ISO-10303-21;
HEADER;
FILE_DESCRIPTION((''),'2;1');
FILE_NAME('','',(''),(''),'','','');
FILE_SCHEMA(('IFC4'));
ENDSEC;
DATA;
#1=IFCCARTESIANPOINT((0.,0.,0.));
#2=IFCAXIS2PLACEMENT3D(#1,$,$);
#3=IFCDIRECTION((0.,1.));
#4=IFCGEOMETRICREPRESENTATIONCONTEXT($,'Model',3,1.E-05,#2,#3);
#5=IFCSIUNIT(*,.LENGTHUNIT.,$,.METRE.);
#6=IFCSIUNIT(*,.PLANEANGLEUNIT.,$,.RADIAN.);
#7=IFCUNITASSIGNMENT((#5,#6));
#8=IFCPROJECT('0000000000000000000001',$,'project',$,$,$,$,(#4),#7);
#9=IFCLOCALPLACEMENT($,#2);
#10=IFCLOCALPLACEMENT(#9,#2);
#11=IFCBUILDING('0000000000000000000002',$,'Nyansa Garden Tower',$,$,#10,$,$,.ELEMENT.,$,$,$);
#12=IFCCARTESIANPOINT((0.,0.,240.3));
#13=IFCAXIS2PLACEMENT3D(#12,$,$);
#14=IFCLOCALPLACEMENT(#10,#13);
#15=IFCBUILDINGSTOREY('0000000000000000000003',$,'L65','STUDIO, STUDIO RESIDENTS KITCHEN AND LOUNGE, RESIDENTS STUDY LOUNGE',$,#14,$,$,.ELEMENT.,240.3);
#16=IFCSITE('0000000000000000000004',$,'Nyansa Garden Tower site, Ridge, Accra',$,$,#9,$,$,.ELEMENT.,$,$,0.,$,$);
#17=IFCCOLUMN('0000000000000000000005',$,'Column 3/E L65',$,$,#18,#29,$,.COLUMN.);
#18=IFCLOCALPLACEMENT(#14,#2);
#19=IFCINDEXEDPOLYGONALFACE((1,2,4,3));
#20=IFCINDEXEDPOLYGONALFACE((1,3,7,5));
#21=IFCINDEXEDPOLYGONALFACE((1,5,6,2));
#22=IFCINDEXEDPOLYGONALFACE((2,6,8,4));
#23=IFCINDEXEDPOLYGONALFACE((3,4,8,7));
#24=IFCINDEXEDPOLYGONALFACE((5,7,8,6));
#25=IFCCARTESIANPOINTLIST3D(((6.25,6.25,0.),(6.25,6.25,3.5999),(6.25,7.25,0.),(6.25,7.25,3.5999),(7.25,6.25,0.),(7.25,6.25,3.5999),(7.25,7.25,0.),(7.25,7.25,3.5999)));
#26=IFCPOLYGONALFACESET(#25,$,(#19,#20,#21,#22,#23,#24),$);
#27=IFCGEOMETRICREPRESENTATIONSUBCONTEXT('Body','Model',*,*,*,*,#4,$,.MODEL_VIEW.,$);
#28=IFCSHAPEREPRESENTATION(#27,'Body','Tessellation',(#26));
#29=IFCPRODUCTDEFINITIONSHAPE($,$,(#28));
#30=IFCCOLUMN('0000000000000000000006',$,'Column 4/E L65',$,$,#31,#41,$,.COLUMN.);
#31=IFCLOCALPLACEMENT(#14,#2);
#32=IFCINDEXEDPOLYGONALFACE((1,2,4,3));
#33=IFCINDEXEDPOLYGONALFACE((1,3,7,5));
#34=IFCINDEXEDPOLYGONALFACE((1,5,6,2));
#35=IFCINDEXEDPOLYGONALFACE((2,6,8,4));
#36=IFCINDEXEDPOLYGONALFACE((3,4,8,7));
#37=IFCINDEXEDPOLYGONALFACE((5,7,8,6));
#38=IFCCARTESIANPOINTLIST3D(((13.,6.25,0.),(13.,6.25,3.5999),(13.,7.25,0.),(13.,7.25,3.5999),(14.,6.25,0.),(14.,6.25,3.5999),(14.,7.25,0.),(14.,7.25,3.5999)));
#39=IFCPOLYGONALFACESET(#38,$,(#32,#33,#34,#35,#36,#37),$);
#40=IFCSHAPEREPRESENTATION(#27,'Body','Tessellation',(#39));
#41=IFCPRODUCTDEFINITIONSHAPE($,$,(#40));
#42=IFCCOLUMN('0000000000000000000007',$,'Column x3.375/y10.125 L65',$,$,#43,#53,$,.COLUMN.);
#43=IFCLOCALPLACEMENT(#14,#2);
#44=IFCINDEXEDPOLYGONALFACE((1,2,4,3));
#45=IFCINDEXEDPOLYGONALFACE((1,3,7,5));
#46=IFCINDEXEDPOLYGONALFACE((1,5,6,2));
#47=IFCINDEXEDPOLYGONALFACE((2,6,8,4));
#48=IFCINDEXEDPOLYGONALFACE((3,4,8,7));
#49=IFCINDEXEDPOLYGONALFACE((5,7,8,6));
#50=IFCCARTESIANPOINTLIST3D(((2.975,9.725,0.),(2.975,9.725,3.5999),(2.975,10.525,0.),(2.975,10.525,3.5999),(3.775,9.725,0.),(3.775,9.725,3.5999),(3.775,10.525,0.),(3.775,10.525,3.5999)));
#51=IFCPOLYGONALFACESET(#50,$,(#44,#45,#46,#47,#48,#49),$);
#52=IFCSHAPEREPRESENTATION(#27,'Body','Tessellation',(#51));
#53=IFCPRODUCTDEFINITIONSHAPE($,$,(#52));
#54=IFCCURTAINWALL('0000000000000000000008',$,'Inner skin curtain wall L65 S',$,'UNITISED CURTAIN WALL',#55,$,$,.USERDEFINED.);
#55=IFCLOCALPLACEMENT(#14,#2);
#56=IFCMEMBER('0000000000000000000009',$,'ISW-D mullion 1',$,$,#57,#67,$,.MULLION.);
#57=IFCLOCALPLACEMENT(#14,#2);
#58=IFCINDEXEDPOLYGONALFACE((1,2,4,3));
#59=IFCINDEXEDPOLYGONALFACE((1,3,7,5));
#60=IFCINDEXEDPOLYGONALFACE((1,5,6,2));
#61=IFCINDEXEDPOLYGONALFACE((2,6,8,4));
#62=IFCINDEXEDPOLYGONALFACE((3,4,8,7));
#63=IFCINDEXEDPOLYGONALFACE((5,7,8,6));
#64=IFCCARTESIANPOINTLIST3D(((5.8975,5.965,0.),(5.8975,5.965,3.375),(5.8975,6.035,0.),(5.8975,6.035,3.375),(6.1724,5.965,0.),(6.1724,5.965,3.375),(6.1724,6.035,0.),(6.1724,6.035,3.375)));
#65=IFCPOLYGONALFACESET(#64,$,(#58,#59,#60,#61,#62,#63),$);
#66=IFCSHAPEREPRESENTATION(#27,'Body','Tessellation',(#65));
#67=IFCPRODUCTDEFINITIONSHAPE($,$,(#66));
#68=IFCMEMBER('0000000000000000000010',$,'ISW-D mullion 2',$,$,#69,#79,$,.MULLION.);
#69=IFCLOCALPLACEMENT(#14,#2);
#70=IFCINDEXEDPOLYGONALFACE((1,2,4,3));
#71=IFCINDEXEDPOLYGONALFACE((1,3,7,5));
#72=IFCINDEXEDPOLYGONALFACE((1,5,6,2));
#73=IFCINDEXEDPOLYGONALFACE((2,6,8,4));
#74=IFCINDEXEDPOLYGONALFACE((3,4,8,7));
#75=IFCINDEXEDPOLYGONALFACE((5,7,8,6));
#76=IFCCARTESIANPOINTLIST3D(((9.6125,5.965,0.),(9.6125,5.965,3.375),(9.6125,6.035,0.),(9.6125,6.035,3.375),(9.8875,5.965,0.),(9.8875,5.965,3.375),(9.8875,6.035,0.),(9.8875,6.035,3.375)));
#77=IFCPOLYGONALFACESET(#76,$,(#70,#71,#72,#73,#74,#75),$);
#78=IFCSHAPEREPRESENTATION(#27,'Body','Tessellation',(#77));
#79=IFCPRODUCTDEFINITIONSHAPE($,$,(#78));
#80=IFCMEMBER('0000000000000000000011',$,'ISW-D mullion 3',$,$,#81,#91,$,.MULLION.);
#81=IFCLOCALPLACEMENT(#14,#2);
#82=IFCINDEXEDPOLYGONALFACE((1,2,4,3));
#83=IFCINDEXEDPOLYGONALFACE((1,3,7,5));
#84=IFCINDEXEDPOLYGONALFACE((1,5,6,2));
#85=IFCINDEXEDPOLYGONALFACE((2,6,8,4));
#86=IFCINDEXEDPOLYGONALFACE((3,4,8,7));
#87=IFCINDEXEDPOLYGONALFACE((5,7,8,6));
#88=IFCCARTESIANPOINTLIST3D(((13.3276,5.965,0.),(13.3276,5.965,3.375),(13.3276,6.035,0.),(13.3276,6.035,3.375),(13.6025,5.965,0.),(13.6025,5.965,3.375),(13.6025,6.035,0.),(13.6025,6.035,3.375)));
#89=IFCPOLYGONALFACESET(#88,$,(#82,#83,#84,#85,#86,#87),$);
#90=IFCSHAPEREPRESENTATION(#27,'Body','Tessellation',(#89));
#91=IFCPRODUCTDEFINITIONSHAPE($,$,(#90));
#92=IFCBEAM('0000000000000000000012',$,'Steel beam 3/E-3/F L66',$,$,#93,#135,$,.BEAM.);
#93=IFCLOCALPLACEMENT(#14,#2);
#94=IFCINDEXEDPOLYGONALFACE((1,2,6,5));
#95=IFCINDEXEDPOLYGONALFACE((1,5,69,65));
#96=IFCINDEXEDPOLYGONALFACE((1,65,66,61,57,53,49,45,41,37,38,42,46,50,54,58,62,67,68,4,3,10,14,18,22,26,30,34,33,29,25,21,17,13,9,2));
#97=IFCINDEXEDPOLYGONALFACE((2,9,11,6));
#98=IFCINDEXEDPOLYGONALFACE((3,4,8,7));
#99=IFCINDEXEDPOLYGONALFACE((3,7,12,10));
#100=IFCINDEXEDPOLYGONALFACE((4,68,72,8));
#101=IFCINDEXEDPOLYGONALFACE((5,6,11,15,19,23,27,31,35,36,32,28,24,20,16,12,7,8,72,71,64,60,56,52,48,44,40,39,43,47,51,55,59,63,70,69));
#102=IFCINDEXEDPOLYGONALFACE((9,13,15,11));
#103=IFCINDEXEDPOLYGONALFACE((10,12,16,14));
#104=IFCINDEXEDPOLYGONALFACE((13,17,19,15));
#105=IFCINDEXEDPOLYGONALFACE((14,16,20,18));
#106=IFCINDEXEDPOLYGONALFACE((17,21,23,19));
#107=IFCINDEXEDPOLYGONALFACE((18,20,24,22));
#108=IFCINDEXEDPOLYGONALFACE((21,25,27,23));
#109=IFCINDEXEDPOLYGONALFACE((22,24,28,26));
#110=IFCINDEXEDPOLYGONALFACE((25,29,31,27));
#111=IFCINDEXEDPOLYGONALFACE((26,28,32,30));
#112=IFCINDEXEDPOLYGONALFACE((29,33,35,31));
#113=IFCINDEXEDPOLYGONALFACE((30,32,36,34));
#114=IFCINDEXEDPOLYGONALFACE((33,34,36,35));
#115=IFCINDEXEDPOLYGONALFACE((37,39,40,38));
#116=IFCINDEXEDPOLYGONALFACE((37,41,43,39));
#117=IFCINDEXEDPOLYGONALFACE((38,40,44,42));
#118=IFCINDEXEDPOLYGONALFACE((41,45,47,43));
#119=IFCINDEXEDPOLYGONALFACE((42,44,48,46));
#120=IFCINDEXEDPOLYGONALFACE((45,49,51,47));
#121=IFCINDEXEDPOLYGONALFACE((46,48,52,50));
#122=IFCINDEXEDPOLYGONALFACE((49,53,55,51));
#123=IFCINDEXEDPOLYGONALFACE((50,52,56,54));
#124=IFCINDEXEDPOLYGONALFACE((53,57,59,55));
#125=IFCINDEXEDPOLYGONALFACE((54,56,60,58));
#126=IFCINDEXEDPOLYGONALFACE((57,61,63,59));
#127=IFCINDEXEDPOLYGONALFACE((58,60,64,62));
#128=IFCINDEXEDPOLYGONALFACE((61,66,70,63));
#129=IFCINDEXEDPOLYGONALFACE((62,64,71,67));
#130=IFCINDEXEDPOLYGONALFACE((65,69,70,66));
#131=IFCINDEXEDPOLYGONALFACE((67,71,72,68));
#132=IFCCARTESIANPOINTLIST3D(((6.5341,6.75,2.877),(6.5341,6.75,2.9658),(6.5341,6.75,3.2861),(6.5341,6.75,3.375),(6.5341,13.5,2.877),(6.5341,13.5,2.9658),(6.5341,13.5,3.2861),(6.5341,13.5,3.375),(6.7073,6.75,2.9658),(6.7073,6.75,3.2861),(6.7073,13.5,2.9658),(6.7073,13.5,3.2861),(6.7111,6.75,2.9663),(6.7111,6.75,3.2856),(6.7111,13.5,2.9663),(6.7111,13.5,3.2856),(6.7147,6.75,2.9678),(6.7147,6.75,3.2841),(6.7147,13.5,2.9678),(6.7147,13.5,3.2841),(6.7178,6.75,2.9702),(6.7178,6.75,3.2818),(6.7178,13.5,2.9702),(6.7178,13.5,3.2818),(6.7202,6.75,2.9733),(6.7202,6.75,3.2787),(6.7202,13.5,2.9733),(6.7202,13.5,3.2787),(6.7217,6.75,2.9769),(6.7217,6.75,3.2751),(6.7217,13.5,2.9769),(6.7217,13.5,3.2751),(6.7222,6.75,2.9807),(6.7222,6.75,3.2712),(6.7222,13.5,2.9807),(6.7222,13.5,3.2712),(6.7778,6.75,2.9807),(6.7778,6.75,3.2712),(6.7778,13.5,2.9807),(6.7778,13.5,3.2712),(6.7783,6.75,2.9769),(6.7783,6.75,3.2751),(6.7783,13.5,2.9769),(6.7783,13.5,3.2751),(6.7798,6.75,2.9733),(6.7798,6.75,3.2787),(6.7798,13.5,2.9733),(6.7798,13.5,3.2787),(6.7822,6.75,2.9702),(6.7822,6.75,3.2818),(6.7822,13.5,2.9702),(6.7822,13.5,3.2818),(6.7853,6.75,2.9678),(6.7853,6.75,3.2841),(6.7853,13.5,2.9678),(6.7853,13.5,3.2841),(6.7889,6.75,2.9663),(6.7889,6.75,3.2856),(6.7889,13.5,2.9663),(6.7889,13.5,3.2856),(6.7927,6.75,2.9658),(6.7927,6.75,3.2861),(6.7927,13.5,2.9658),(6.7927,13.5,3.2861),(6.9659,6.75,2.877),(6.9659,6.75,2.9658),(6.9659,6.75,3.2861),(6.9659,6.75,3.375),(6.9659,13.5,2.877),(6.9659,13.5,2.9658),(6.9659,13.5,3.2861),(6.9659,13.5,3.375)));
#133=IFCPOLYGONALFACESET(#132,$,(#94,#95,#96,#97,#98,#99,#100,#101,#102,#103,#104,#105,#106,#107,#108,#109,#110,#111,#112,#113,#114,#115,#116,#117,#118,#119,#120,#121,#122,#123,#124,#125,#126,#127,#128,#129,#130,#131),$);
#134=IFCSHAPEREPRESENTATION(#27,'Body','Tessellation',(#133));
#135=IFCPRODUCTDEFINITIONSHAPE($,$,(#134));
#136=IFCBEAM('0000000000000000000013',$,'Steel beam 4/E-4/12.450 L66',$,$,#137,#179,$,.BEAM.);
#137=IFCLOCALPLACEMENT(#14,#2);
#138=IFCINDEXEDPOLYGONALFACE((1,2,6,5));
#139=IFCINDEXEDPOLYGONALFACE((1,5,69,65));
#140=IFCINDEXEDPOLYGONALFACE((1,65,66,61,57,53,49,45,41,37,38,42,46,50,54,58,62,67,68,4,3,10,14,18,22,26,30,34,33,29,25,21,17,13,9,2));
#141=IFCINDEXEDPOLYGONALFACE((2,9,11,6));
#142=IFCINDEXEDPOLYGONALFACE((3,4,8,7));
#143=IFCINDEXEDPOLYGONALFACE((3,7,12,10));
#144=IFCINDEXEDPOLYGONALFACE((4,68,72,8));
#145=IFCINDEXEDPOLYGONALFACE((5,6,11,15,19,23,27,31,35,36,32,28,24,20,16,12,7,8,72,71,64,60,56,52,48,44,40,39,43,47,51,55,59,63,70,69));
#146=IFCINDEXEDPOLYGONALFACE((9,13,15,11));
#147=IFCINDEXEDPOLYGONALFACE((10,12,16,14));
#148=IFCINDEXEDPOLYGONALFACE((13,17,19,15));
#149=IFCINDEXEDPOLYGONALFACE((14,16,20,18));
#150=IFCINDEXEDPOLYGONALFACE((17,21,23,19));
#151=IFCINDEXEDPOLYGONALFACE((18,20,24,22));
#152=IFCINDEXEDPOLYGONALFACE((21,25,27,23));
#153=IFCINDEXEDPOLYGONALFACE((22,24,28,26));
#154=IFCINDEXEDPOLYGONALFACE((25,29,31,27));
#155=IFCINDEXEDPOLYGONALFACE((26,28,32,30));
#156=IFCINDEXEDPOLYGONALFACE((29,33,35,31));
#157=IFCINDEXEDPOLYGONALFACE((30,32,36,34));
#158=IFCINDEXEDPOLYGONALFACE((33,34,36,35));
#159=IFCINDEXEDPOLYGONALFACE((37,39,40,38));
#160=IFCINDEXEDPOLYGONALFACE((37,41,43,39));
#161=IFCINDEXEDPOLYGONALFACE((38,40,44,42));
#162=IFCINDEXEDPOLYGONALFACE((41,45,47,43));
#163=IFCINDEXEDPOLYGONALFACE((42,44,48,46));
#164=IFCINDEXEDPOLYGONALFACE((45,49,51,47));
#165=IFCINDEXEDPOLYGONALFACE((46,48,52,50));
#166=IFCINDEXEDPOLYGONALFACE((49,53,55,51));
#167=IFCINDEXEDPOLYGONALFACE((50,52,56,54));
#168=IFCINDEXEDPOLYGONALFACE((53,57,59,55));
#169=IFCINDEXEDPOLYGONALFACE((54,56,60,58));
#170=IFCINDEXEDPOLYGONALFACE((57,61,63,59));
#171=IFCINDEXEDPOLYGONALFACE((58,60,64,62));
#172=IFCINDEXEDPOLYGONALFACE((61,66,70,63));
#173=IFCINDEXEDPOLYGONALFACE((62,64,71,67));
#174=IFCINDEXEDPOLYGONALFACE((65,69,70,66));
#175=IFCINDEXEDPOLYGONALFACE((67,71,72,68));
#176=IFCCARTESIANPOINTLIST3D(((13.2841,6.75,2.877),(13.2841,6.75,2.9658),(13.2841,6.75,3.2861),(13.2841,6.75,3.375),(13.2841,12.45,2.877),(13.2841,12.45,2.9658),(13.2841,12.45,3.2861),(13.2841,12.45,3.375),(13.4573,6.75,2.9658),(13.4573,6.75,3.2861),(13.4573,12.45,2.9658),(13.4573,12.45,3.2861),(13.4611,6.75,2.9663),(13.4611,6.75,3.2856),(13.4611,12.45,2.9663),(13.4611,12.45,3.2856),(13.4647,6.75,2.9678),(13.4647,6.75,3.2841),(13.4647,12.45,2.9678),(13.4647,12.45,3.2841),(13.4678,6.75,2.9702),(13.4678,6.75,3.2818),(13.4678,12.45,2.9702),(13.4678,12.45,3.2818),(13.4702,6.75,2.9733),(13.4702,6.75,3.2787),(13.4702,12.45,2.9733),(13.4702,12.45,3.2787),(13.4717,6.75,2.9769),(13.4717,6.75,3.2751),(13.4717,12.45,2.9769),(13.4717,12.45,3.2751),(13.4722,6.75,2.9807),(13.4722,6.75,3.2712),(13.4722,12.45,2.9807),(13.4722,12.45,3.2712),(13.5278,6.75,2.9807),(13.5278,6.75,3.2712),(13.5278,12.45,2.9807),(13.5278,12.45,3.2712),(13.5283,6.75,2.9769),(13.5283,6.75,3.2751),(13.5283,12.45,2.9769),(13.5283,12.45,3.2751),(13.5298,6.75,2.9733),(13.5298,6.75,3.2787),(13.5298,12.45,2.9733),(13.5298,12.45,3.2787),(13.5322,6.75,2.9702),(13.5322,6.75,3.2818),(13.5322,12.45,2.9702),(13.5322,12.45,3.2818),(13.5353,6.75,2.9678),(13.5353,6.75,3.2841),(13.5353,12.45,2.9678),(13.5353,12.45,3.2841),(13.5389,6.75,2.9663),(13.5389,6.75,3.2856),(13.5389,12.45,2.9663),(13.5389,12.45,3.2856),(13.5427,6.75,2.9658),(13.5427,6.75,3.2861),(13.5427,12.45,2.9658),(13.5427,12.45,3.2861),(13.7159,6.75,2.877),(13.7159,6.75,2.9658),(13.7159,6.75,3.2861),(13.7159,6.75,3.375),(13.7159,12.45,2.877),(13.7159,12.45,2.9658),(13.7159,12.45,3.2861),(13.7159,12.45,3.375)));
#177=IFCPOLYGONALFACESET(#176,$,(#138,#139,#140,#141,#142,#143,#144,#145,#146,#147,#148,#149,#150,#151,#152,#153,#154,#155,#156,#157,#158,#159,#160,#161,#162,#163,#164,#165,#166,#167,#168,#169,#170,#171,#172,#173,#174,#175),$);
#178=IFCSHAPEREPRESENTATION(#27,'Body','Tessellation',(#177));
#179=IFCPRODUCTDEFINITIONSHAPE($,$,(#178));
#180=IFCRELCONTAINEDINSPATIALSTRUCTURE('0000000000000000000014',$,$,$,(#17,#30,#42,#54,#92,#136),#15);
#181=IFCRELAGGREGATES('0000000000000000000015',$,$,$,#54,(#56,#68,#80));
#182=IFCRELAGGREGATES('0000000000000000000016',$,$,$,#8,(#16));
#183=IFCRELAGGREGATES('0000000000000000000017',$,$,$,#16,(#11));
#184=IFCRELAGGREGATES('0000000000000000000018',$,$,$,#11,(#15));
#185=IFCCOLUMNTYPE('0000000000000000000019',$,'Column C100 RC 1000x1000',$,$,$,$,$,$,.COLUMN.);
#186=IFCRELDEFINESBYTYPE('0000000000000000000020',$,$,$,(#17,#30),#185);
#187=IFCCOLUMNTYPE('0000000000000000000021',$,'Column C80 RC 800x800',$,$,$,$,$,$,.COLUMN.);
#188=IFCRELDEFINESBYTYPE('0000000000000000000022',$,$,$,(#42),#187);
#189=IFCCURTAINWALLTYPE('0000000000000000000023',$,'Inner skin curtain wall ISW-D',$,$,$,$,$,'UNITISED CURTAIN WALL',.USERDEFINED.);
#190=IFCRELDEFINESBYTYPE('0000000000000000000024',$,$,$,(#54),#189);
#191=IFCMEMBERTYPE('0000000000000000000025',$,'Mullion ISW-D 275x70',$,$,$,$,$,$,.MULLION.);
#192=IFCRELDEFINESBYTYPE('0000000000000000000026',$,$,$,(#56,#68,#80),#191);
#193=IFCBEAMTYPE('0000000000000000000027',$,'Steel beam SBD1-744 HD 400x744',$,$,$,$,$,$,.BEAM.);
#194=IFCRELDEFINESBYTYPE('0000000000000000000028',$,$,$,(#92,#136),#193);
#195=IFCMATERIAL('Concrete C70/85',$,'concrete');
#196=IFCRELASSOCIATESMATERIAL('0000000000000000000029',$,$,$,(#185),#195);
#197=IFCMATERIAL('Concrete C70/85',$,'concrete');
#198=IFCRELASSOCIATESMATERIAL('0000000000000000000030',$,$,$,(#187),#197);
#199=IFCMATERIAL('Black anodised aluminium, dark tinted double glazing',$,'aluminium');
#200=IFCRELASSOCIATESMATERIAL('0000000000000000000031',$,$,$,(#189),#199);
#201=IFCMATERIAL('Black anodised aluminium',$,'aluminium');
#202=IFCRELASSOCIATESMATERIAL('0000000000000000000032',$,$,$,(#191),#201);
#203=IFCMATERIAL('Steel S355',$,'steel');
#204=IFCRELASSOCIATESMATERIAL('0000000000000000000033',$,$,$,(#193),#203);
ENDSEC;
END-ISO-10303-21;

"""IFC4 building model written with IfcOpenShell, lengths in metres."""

from ifc_helpers import new_model, si_unit, direction, frame, origin, origin_2d, place, context, subcontext, project, spatial, rectangle, i_section, extrude, material, material_profile, profile_set, type_object, element, aggregate, save


model = new_model("IFC4")

# Units and contexts
model_context = context("Model", 3, precision=1e-05, world=origin(), true_north=direction((0.0, 1.0)))
body_context = subcontext(model_context, "Body", "Model", "MODEL_VIEW")
ifc_project = project(units=[si_unit("LENGTHUNIT", "METRE"), si_unit("PLANEANGLEUNIT", "RADIAN")], contexts=[model_context])

# Site, building, storey
site_placement = place(None, origin())
site = spatial("IfcSite", under=ifc_project, at=site_placement, Name="Nyansa Garden Tower site, Ridge, Accra", CompositionType="ELEMENT", RefElevation=0.0)
building_placement = place(site_placement, origin())
building = spatial("IfcBuilding", under=site, at=building_placement, Name="Nyansa Garden Tower", CompositionType="ELEMENT")
storey_placement = place(building_placement, frame((0.0, 0.0, 240.3)))
storey = spatial("IfcBuildingStorey", under=building, at=storey_placement, Name="L65", Description="STUDIO, STUDIO RESIDENTS KITCHEN AND LOUNGE, RESIDENTS STUDY LOUNGE", CompositionType="ELEMENT", Elevation=240.3)

# Columns
ifc_material_1 = material(Name="Concrete C70/85", Category="concrete")
ifc_material_profile_1 = material_profile(ifc_material_1, rectangle(XDim=1.0, YDim=1.0, at=origin_2d()), Name="RC 1000x1000")
ifc_profile_set_1 = profile_set([ifc_material_profile_1], Name="Concrete C70/85")
column_type_1 = type_object("IfcColumnType", Name="Column C100 RC 1000x1000", PredefinedType="COLUMN", material=ifc_profile_set_1)
for number, where, z_axis, x_axis, name in (
    (1, (6.75, 6.75, 0.0), (0.0, 0.0, 1.0), (1.0, 0.0, 0.0), "Column 3/E L65"),
    (2, (13.5, 6.75, 0.0), (0.0, 0.0, 1.0), (1.0, 0.0, 0.0), "Column 4/E L65"),
):
    element("IfcColumn", number, at=place(storey_placement, frame(where, z_axis=z_axis, x_axis=x_axis)), inside=storey, type_object=column_type_1, Name=name, PredefinedType="COLUMN", context=body_context, shape_type="SweptSolid", body=[
        extrude(rectangle(XDim=1.0, YDim=1.0, at=origin_2d()), origin(), (0.0, 0.0, 1.0), 3.5999),
    ])
ifc_material_2 = material(Name="Concrete C70/85", Category="concrete")
ifc_material_profile_2 = material_profile(ifc_material_2, rectangle(XDim=0.8, YDim=0.8, at=origin_2d()), Name="RC 800x800")
ifc_profile_set_2 = profile_set([ifc_material_profile_2], Name="Concrete C70/85")
column_type_2 = type_object("IfcColumnType", Name="Column C80 RC 800x800", PredefinedType="COLUMN", material=ifc_profile_set_2)
column_placement = place(storey_placement, frame((3.375, 10.125, 0.0), z_axis=(0.0, 0.0, 1.0), x_axis=(1.0, 0.0, 0.0)))
element("IfcColumn", 3, at=column_placement, inside=storey, type_object=column_type_2, Name="Column x3.375/y10.125 L65", PredefinedType="COLUMN", context=body_context, shape_type="SweptSolid", body=[
    extrude(rectangle(XDim=0.8, YDim=0.8, at=origin_2d()), origin(), (0.0, 0.0, 1.0), 3.5999),
])

# Curtain wall, members
ifc_material_3 = material(Name="Black anodised aluminium, dark tinted double glazing", Category="aluminium")
curtain_wall_type = type_object("IfcCurtainWallType", Name="Inner skin curtain wall ISW-D", ElementType="UNITISED CURTAIN WALL", PredefinedType="USERDEFINED", material=ifc_material_3)
curtain_wall_placement = place(storey_placement, origin())
curtain_wall = element("IfcCurtainWall", 4, at=curtain_wall_placement, inside=storey, type_object=curtain_wall_type, Name="Inner skin curtain wall L65 S", ObjectType="UNITISED CURTAIN WALL", PredefinedType="USERDEFINED")
ifc_material_4 = material(Name="Black anodised aluminium", Category="aluminium")
ifc_material_profile_3 = material_profile(ifc_material_4, rectangle(XDim=0.0701, YDim=0.2749, at=origin_2d()), Name="Mullion 275x70")
ifc_profile_set_3 = profile_set([ifc_material_profile_3], Name="Black anodised aluminium")
member_type_1 = type_object("IfcMemberType", Name="Mullion ISW-D 275x70", PredefinedType="MULLION", material=ifc_profile_set_3)
member_1_placement = place(storey_placement, frame((6.0349, 6.0, 0.0), z_axis=(0.0, 0.0, 1.0), x_axis=(0.0, 1.0, 0.0)))
member_1 = element("IfcMember", 5, at=member_1_placement, type_object=member_type_1, Name="ISW-D mullion 1", PredefinedType="MULLION", context=body_context, shape_type="SweptSolid", body=[
    extrude(rectangle(XDim=0.0701, YDim=0.2749, at=origin_2d()), origin(), (0.0, 0.0, 1.0), 3.375),
])
member_2_placement = place(storey_placement, frame((9.75, 6.0, 0.0), z_axis=(0.0, 0.0, 1.0), x_axis=(0.0, 1.0, 0.0)))
member_2 = element("IfcMember", 6, at=member_2_placement, type_object=member_type_1, Name="ISW-D mullion 2", PredefinedType="MULLION", context=body_context, shape_type="SweptSolid", body=[
    extrude(rectangle(XDim=0.0701, YDim=0.2749, at=origin_2d()), origin(), (0.0, 0.0, 1.0), 3.375),
])
member_3_placement = place(storey_placement, frame((13.4651, 6.0, 0.0), z_axis=(0.0, 0.0, 1.0), x_axis=(0.0, 1.0, 0.0)))
member_3 = element("IfcMember", 7, at=member_3_placement, type_object=member_type_1, Name="ISW-D mullion 3", PredefinedType="MULLION", context=body_context, shape_type="SweptSolid", body=[
    extrude(rectangle(XDim=0.0701, YDim=0.2749, at=origin_2d()), origin(), (0.0, 0.0, 1.0), 3.375),
])

# Beams
ifc_material_5 = material(Name="Steel S355", Category="steel")
ifc_material_profile_4 = material_profile(ifc_material_5, i_section(OverallWidth=0.4319, OverallDepth=0.498, WebThickness=0.0557, FlangeThickness=0.0889, FilletRadius=0.0149, at=origin_2d()), Name="HD 400x744")
ifc_profile_set_4 = profile_set([ifc_material_profile_4], Name="Steel S355")
beam_type_1 = type_object("IfcBeamType", Name="Steel beam SBD1-744 HD 400x744", PredefinedType="BEAM", material=ifc_profile_set_4)
beam_1_placement = place(storey_placement, frame((6.75, 6.75, 3.126), z_axis=(0.0, 1.0, 0.0), x_axis=(-1.0, 0.0, 0.0)))
element("IfcBeam", 8, at=beam_1_placement, inside=storey, type_object=beam_type_1, Name="Steel beam 3/E-3/F L66", PredefinedType="BEAM", context=body_context, shape_type="SweptSolid", body=[
    extrude(i_section(OverallWidth=0.4319, OverallDepth=0.498, WebThickness=0.0557, FlangeThickness=0.0889, FilletRadius=0.0149, at=origin_2d()), origin(), (0.0, 0.0, 1.0), 6.75),
])
beam_2_placement = place(storey_placement, frame((13.5, 6.75, 3.126), z_axis=(0.0, 1.0, 0.0), x_axis=(-1.0, 0.0, 0.0)))
element("IfcBeam", 9, at=beam_2_placement, inside=storey, type_object=beam_type_1, Name="Steel beam 4/E-4/12.450 L66", PredefinedType="BEAM", context=body_context, shape_type="SweptSolid", body=[
    extrude(i_section(OverallWidth=0.4319, OverallDepth=0.498, WebThickness=0.0557, FlangeThickness=0.0889, FilletRadius=0.0149, at=origin_2d()), origin(), (0.0, 0.0, 1.0), 5.7),
])

aggregate(curtain_wall, [member_1, member_2, member_3])

save(model, "model.ifc")
